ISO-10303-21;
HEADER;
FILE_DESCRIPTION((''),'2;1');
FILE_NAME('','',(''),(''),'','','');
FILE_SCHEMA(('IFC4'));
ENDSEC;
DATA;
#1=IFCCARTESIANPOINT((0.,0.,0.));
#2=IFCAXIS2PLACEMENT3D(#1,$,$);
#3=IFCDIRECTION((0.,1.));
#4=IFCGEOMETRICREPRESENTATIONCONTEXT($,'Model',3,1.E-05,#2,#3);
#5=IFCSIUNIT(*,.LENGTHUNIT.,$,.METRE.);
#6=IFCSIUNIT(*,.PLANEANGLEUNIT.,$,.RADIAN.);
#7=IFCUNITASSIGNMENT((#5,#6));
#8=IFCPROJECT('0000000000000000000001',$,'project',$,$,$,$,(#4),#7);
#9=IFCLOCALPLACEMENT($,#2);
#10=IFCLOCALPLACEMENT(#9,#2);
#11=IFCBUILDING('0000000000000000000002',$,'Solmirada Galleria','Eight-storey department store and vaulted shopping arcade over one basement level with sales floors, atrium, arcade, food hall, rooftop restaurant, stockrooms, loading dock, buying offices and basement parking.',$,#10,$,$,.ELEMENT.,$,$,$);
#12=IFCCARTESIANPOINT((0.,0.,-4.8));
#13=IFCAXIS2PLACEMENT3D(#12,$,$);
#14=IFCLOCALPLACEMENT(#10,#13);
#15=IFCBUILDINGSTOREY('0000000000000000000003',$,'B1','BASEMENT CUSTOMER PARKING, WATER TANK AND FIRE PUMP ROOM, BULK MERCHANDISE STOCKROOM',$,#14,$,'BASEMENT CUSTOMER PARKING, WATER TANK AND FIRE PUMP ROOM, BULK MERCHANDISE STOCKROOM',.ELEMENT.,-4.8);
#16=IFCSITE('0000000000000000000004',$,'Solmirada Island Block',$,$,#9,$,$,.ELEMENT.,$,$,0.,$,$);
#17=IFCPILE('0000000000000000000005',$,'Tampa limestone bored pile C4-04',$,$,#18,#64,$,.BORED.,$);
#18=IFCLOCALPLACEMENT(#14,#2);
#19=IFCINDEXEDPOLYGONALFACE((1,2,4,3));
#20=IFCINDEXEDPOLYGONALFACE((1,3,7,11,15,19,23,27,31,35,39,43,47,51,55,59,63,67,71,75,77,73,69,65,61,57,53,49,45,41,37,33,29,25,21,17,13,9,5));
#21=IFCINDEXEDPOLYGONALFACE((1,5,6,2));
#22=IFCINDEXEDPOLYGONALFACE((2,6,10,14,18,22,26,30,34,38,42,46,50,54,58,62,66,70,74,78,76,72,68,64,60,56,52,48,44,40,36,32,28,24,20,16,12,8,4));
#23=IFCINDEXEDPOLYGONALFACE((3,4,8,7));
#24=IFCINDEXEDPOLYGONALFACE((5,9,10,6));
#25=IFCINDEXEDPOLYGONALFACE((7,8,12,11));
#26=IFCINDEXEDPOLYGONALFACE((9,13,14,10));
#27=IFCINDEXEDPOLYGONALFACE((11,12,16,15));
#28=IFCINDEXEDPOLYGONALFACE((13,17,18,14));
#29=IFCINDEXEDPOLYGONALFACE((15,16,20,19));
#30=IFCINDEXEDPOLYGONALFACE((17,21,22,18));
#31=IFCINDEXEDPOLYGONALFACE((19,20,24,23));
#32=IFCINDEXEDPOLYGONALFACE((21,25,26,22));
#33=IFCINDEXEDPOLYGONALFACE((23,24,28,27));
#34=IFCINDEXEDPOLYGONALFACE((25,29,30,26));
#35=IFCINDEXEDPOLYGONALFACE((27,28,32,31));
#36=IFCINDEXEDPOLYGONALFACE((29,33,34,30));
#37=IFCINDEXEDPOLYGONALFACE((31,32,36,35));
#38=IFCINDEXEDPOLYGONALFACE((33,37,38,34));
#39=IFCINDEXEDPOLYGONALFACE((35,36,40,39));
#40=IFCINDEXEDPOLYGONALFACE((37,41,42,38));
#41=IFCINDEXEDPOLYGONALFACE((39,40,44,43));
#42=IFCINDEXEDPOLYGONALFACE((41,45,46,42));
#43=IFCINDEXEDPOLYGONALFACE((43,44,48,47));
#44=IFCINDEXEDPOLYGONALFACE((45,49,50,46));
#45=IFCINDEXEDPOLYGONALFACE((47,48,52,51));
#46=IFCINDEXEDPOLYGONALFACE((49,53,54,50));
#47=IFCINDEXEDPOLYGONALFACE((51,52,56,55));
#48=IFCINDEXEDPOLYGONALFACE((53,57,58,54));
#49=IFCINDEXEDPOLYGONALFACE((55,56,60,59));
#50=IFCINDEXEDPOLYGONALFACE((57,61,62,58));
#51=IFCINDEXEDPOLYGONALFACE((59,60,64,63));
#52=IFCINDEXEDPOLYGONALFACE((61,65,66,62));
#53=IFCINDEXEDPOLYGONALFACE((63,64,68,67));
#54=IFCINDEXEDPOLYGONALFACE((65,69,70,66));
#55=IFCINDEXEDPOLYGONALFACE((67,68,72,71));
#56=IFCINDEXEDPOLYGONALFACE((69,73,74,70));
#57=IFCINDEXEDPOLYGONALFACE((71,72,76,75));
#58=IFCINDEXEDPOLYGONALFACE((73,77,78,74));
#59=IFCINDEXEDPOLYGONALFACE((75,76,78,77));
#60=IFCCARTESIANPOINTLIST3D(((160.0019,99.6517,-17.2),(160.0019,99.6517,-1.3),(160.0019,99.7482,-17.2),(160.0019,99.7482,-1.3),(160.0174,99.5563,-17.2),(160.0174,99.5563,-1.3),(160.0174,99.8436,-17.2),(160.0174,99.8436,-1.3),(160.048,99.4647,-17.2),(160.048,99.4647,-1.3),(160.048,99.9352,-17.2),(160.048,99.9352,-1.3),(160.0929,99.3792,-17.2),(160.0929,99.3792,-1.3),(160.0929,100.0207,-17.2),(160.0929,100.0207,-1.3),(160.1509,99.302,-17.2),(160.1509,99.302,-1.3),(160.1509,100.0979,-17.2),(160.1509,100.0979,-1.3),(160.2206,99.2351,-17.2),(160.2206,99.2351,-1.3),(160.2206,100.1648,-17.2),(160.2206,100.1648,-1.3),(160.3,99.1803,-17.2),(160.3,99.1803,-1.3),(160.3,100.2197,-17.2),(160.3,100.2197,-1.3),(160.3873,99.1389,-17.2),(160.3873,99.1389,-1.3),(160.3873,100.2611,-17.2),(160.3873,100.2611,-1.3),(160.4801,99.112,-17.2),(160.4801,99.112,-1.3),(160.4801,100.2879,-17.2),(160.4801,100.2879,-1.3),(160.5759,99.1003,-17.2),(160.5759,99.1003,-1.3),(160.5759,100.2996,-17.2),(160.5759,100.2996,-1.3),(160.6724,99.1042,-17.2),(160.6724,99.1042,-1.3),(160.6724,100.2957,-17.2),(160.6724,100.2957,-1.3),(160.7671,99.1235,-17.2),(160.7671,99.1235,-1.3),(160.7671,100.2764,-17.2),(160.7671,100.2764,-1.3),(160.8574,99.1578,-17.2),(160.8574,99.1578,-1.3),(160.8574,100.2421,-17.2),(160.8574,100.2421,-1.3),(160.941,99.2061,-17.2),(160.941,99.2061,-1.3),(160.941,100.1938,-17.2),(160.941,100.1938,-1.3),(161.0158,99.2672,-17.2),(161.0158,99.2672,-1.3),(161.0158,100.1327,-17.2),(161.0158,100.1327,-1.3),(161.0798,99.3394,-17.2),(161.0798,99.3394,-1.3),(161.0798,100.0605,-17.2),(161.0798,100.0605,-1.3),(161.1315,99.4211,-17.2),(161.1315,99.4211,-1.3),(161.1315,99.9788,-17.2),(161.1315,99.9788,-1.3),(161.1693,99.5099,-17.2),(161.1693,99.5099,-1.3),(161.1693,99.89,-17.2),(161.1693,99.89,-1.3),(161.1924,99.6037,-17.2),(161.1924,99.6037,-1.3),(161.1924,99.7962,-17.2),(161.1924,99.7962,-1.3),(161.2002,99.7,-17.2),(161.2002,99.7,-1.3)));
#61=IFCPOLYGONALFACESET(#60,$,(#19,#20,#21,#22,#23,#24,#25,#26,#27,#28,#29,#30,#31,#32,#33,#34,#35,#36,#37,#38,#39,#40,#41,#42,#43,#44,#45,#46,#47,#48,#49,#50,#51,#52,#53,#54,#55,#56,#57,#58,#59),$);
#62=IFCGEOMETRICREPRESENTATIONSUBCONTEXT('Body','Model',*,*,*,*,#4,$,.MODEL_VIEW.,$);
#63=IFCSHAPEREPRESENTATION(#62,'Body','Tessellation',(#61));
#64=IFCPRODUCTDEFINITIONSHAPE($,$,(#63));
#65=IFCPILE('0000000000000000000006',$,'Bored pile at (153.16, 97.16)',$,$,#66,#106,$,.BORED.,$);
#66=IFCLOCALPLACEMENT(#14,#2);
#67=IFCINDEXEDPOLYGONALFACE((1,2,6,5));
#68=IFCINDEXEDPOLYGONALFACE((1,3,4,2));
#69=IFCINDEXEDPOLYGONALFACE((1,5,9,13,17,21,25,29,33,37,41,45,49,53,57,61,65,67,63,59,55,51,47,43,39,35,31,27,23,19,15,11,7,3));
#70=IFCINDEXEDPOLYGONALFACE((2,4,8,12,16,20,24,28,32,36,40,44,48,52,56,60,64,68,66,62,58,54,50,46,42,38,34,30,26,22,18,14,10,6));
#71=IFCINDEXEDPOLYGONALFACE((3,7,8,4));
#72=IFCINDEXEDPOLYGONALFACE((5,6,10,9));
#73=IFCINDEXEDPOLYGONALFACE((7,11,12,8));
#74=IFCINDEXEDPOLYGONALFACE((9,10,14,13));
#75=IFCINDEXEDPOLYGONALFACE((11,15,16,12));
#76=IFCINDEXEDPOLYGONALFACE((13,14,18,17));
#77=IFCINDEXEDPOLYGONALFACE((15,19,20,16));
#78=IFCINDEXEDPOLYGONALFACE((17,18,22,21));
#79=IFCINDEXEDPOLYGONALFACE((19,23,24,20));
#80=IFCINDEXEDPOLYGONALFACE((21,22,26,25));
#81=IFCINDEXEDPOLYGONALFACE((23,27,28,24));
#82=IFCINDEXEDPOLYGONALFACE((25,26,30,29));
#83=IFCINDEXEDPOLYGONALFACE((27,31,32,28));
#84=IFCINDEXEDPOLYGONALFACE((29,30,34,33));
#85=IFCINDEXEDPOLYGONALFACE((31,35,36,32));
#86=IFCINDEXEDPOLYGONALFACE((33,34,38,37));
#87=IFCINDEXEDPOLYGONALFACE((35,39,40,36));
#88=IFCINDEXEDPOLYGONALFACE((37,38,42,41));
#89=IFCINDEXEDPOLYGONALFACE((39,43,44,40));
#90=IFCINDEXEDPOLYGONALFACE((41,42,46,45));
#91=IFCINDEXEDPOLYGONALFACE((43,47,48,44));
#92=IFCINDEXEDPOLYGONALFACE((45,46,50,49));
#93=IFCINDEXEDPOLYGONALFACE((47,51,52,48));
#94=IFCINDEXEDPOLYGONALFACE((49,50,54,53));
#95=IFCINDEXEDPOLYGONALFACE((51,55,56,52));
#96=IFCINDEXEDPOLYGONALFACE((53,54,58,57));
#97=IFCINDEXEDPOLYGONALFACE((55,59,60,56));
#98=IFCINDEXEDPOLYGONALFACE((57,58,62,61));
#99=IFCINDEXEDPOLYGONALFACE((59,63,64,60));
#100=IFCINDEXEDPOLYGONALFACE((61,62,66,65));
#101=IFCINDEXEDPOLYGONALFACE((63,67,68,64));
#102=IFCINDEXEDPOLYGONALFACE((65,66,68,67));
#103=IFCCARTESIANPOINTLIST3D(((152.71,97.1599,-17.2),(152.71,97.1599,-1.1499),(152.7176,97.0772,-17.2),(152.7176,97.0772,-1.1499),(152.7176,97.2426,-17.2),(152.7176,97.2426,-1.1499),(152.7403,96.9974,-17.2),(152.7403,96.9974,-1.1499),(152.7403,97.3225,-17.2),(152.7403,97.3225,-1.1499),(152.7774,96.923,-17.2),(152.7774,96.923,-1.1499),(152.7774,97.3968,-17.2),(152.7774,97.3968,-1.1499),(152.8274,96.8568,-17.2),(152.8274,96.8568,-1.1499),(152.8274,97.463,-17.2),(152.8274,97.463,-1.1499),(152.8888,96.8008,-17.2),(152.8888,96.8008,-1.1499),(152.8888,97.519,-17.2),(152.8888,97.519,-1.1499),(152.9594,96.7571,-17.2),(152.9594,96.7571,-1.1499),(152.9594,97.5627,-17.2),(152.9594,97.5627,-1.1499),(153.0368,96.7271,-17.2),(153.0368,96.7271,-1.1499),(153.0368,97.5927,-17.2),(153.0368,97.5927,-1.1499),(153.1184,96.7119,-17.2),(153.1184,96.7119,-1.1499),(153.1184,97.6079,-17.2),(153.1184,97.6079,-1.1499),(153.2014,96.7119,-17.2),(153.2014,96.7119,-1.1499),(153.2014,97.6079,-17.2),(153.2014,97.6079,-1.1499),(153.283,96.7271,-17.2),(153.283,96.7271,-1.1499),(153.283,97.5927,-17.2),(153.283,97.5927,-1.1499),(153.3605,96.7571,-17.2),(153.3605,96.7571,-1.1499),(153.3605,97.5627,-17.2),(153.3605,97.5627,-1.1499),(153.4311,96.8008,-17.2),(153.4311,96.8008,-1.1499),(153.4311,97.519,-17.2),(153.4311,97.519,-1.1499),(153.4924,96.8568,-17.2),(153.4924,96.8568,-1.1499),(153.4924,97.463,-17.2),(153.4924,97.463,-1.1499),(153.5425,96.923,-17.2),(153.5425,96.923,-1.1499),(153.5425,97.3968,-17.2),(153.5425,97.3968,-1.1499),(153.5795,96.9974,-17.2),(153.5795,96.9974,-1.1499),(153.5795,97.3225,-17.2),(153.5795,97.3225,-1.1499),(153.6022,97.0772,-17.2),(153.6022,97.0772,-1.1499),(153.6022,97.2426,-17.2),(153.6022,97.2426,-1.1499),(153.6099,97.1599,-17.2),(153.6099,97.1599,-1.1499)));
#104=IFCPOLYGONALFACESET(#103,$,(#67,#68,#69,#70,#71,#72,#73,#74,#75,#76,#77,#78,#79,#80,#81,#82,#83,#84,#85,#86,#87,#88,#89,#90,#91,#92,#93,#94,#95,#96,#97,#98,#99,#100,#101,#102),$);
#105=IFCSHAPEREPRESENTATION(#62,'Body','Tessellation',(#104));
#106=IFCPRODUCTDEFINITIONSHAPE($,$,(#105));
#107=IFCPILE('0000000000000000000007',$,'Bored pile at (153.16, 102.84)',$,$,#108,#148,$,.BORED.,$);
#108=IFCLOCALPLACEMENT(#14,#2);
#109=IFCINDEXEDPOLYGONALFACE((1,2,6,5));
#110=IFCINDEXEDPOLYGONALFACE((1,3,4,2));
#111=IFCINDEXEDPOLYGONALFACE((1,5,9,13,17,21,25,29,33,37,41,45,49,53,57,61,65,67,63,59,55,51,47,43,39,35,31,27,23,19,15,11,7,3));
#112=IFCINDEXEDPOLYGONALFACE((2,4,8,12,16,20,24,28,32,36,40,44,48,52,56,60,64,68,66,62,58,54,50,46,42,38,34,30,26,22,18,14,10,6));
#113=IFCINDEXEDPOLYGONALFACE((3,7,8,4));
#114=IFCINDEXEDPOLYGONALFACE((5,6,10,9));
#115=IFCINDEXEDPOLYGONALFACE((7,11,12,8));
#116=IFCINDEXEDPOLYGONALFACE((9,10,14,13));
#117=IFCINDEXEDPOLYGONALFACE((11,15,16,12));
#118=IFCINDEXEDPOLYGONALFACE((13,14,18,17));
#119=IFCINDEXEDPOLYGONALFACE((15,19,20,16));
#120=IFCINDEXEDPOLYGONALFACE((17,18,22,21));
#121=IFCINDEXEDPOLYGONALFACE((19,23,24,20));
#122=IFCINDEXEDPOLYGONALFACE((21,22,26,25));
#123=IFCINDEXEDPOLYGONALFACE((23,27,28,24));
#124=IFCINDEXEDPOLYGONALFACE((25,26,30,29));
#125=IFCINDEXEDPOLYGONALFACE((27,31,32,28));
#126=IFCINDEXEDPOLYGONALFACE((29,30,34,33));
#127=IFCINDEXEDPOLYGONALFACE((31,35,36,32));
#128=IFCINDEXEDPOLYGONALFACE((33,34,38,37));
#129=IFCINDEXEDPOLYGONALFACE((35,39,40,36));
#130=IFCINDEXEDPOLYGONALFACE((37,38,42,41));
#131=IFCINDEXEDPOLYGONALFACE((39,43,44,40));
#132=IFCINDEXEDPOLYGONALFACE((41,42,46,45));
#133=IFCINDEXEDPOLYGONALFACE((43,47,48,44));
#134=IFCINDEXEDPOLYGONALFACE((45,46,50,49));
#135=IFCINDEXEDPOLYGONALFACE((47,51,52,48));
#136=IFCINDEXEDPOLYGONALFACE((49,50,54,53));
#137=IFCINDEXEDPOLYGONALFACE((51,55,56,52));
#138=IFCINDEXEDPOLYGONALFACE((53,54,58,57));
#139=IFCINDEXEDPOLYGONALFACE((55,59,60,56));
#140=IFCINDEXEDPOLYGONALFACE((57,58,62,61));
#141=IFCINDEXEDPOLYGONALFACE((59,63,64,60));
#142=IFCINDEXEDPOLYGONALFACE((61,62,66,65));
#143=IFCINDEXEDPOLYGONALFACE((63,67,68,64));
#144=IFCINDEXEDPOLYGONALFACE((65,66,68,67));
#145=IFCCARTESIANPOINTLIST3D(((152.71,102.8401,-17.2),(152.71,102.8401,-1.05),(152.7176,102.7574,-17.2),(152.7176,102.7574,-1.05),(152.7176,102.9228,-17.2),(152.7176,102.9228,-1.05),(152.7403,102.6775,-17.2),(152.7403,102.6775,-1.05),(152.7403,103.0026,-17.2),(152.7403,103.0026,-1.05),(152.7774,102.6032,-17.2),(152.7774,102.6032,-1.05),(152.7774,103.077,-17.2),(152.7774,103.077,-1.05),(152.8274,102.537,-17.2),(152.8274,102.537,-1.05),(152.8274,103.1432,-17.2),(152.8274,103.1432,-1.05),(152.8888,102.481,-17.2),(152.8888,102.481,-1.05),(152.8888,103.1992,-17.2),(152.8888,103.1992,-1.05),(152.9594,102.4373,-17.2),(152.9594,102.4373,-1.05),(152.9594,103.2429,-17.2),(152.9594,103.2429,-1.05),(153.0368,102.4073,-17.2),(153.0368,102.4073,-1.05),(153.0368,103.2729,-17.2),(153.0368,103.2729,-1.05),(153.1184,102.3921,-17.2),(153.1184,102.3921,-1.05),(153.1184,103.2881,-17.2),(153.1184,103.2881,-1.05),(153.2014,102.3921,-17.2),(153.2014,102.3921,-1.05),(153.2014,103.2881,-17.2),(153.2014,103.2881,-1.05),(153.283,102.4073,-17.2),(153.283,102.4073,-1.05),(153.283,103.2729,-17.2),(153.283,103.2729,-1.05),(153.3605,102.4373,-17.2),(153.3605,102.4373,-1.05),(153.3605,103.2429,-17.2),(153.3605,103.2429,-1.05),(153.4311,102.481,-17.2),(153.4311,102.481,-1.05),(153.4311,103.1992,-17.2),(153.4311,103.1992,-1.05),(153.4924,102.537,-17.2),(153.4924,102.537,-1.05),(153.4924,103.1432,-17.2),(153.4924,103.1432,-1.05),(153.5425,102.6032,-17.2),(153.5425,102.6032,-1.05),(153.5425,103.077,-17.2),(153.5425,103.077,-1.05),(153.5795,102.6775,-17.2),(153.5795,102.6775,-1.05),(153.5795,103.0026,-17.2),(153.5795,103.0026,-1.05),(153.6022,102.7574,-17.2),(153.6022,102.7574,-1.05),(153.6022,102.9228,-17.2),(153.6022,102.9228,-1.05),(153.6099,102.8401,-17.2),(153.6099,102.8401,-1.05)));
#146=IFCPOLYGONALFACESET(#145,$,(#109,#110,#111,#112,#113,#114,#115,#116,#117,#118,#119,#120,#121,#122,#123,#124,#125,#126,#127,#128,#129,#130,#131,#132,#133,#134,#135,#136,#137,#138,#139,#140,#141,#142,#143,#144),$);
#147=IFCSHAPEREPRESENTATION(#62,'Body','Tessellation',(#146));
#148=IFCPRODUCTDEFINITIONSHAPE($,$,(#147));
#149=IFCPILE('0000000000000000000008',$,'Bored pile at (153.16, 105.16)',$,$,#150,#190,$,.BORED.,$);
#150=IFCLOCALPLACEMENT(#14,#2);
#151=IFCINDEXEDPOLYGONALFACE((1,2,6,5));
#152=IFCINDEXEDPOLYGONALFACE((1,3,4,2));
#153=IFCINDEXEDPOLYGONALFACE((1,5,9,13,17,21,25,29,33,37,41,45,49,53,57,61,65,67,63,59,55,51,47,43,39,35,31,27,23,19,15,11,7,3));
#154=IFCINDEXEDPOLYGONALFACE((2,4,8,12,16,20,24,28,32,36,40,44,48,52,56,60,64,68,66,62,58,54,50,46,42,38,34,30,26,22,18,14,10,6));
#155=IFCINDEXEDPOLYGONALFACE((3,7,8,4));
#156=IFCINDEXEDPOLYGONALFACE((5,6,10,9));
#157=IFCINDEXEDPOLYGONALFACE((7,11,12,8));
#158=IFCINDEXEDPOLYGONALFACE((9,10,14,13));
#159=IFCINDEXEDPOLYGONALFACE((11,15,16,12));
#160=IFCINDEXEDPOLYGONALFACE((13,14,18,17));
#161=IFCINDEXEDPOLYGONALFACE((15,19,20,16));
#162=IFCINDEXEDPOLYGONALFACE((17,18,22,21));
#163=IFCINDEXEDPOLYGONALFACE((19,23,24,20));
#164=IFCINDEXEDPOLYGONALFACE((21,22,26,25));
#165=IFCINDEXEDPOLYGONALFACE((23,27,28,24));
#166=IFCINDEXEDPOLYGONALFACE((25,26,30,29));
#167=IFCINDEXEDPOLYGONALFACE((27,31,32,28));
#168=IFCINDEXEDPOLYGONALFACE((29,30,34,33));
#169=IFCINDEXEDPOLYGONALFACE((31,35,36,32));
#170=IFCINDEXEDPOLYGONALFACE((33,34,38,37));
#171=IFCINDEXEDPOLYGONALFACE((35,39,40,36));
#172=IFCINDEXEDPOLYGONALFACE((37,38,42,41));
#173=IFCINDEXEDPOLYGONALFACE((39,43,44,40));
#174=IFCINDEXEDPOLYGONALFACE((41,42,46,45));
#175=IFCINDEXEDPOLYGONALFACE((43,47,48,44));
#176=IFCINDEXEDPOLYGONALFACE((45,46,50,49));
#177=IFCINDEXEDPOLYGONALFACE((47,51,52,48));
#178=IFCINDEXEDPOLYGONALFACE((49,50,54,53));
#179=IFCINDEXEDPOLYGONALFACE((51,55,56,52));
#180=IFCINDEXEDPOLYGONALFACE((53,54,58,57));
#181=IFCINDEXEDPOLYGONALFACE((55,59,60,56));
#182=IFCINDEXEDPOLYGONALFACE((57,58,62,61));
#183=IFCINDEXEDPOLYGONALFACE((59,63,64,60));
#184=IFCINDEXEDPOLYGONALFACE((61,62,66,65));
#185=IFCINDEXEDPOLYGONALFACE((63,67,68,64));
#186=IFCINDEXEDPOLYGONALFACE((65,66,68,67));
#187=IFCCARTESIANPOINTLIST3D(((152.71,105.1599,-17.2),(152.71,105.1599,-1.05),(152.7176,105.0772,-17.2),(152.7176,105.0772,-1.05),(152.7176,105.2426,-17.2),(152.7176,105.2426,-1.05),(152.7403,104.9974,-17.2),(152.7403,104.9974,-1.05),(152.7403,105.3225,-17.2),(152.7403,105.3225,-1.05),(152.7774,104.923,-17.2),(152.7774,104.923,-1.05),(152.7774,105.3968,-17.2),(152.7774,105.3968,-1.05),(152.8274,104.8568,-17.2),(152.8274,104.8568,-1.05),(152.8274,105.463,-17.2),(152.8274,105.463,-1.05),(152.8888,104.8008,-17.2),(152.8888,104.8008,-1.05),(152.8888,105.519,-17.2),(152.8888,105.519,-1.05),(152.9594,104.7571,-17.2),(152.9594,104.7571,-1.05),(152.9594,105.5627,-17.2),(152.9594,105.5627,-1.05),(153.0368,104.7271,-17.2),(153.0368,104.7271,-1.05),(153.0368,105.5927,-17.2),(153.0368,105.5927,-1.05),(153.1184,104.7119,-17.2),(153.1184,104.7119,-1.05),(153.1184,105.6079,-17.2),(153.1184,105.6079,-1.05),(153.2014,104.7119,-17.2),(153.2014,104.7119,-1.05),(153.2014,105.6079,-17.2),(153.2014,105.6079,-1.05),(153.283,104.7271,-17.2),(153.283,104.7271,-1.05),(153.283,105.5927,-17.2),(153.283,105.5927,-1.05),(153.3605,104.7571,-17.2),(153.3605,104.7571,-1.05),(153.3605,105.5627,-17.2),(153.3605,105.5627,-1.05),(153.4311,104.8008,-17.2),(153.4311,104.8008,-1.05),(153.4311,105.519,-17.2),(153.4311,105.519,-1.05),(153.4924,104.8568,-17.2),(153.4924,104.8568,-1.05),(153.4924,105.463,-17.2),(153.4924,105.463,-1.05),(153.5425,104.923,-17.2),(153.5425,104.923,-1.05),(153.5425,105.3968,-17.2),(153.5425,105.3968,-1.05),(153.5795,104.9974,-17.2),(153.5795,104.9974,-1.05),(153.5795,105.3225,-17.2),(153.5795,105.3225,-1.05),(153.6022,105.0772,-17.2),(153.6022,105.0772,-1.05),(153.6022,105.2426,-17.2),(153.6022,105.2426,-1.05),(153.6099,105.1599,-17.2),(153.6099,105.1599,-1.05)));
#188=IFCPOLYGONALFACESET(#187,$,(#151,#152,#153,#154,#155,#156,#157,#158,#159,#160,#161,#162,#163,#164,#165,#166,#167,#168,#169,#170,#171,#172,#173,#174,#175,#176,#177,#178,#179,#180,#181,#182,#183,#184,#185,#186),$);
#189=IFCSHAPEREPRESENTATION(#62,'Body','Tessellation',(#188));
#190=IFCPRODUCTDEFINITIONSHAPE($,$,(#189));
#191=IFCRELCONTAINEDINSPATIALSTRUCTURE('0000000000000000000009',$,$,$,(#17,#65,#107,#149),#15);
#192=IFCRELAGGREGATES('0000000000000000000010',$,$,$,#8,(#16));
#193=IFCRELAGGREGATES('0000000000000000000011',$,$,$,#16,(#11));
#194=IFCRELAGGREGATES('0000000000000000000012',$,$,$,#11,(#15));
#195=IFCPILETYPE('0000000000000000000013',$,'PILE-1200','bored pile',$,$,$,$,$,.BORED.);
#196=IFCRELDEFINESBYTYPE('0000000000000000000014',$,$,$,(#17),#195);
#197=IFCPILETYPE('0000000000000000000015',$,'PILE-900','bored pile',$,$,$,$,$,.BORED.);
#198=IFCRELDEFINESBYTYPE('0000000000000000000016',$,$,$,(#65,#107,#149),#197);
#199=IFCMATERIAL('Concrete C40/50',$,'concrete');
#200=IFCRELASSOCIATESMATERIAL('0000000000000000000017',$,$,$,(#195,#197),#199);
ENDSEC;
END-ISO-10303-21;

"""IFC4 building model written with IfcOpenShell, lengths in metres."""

from ifc_helpers import new_model, si_unit, direction, frame, origin, origin_2d, place, context, subcontext, project, spatial, circle, extrude, material, material_profile, profile_set, type_object, element, save


model = new_model("IFC4")

# Units and contexts
model_context = context("Model", 3, precision=1e-05, world=origin(), true_north=direction((0.0, 1.0)))
body_context = subcontext(model_context, "Body", "Model", "MODEL_VIEW")
ifc_project = project(units=[si_unit("LENGTHUNIT", "METRE"), si_unit("PLANEANGLEUNIT", "RADIAN")], contexts=[model_context])

# Site, building, storey
site_placement = place(None, origin())
site = spatial("IfcSite", under=ifc_project, at=site_placement, Name="Solmirada Island Block", CompositionType="ELEMENT", RefElevation=0.0)
building_placement = place(site_placement, origin())
building = spatial("IfcBuilding", under=site, at=building_placement, Name="Solmirada Galleria", Description="Eight-storey department store and vaulted shopping arcade over one basement level with sales floors, atrium, arcade, food hall, rooftop restaurant, stockrooms, loading dock, buying offices and basement parking.", CompositionType="ELEMENT")
storey_placement = place(building_placement, frame((0.0, 0.0, -4.8)))
storey = spatial("IfcBuildingStorey", under=building, at=storey_placement, Name="B1", Description="BASEMENT CUSTOMER PARKING, WATER TANK AND FIRE PUMP ROOM, BULK MERCHANDISE STOCKROOM", LongName="BASEMENT CUSTOMER PARKING, WATER TANK AND FIRE PUMP ROOM, BULK MERCHANDISE STOCKROOM", CompositionType="ELEMENT", Elevation=-4.8)

# Piles
ifc_material_1 = material(Name="Concrete C40/50", Category="concrete")
ifc_material_profile_1 = material_profile(ifc_material_1, circle(Radius=0.6001, at=origin_2d()), Name="PILE1200")
ifc_profile_set_1 = profile_set([ifc_material_profile_1], Name="Concrete C40/50")
pile_type_1 = type_object("IfcPileType", Name="PILE-1200", Description="bored pile", PredefinedType="BORED", material=ifc_profile_set_1)
pile_1_placement = place(storey_placement, frame((160.6001, 99.7, -1.3), z_axis=(0.0, 0.0, -1.0), x_axis=(1.0, 0.0, 0.0)))
element("IfcPile", 1, at=pile_1_placement, inside=storey, type_object=pile_type_1, Name="Tampa limestone bored pile C4-04", PredefinedType="BORED", context=body_context, shape_type="SweptSolid", body=[
    extrude(circle(Radius=0.6001, at=origin_2d()), origin(), (0.0, 0.0, 1.0), 15.8999),
])
ifc_material_profile_2 = material_profile(ifc_material_1, circle(Radius=0.45, at=origin_2d()), Name="PILE900")
ifc_profile_set_2 = profile_set([ifc_material_profile_2], Name="Concrete C40/50")
pile_type_2 = type_object("IfcPileType", Name="PILE-900", Description="bored pile", PredefinedType="BORED", material=ifc_profile_set_2)
pile_2_placement = place(storey_placement, frame((153.1599, 97.1599, -1.1499), z_axis=(0.0, 0.0, -1.0), x_axis=(1.0, 0.0, 0.0)))
element("IfcPile", 2, at=pile_2_placement, inside=storey, type_object=pile_type_2, Name="Bored pile at (153.16, 97.16)", PredefinedType="BORED", context=body_context, shape_type="SweptSolid", body=[
    extrude(circle(Radius=0.45, at=origin_2d()), origin(), (0.0, 0.0, 1.0), 16.05),
])
for number, where, z_axis, x_axis, name in (
    (3, (153.1599, 102.8401, -1.05), (0.0, 0.0, -1.0), (1.0, 0.0, 0.0), "Bored pile at (153.16, 102.84)"),
    (4, (153.1599, 105.1599, -1.05), (0.0, 0.0, -1.0), (1.0, 0.0, 0.0), "Bored pile at (153.16, 105.16)"),
):
    element("IfcPile", number, at=place(storey_placement, frame(where, z_axis=z_axis, x_axis=x_axis)), inside=storey, type_object=pile_type_2, Name=name, PredefinedType="BORED", context=body_context, shape_type="SweptSolid", body=[
        extrude(circle(Radius=0.45, at=origin_2d()), origin(), (0.0, 0.0, 1.0), 16.1499),
    ])

save(model, "model.ifc")
